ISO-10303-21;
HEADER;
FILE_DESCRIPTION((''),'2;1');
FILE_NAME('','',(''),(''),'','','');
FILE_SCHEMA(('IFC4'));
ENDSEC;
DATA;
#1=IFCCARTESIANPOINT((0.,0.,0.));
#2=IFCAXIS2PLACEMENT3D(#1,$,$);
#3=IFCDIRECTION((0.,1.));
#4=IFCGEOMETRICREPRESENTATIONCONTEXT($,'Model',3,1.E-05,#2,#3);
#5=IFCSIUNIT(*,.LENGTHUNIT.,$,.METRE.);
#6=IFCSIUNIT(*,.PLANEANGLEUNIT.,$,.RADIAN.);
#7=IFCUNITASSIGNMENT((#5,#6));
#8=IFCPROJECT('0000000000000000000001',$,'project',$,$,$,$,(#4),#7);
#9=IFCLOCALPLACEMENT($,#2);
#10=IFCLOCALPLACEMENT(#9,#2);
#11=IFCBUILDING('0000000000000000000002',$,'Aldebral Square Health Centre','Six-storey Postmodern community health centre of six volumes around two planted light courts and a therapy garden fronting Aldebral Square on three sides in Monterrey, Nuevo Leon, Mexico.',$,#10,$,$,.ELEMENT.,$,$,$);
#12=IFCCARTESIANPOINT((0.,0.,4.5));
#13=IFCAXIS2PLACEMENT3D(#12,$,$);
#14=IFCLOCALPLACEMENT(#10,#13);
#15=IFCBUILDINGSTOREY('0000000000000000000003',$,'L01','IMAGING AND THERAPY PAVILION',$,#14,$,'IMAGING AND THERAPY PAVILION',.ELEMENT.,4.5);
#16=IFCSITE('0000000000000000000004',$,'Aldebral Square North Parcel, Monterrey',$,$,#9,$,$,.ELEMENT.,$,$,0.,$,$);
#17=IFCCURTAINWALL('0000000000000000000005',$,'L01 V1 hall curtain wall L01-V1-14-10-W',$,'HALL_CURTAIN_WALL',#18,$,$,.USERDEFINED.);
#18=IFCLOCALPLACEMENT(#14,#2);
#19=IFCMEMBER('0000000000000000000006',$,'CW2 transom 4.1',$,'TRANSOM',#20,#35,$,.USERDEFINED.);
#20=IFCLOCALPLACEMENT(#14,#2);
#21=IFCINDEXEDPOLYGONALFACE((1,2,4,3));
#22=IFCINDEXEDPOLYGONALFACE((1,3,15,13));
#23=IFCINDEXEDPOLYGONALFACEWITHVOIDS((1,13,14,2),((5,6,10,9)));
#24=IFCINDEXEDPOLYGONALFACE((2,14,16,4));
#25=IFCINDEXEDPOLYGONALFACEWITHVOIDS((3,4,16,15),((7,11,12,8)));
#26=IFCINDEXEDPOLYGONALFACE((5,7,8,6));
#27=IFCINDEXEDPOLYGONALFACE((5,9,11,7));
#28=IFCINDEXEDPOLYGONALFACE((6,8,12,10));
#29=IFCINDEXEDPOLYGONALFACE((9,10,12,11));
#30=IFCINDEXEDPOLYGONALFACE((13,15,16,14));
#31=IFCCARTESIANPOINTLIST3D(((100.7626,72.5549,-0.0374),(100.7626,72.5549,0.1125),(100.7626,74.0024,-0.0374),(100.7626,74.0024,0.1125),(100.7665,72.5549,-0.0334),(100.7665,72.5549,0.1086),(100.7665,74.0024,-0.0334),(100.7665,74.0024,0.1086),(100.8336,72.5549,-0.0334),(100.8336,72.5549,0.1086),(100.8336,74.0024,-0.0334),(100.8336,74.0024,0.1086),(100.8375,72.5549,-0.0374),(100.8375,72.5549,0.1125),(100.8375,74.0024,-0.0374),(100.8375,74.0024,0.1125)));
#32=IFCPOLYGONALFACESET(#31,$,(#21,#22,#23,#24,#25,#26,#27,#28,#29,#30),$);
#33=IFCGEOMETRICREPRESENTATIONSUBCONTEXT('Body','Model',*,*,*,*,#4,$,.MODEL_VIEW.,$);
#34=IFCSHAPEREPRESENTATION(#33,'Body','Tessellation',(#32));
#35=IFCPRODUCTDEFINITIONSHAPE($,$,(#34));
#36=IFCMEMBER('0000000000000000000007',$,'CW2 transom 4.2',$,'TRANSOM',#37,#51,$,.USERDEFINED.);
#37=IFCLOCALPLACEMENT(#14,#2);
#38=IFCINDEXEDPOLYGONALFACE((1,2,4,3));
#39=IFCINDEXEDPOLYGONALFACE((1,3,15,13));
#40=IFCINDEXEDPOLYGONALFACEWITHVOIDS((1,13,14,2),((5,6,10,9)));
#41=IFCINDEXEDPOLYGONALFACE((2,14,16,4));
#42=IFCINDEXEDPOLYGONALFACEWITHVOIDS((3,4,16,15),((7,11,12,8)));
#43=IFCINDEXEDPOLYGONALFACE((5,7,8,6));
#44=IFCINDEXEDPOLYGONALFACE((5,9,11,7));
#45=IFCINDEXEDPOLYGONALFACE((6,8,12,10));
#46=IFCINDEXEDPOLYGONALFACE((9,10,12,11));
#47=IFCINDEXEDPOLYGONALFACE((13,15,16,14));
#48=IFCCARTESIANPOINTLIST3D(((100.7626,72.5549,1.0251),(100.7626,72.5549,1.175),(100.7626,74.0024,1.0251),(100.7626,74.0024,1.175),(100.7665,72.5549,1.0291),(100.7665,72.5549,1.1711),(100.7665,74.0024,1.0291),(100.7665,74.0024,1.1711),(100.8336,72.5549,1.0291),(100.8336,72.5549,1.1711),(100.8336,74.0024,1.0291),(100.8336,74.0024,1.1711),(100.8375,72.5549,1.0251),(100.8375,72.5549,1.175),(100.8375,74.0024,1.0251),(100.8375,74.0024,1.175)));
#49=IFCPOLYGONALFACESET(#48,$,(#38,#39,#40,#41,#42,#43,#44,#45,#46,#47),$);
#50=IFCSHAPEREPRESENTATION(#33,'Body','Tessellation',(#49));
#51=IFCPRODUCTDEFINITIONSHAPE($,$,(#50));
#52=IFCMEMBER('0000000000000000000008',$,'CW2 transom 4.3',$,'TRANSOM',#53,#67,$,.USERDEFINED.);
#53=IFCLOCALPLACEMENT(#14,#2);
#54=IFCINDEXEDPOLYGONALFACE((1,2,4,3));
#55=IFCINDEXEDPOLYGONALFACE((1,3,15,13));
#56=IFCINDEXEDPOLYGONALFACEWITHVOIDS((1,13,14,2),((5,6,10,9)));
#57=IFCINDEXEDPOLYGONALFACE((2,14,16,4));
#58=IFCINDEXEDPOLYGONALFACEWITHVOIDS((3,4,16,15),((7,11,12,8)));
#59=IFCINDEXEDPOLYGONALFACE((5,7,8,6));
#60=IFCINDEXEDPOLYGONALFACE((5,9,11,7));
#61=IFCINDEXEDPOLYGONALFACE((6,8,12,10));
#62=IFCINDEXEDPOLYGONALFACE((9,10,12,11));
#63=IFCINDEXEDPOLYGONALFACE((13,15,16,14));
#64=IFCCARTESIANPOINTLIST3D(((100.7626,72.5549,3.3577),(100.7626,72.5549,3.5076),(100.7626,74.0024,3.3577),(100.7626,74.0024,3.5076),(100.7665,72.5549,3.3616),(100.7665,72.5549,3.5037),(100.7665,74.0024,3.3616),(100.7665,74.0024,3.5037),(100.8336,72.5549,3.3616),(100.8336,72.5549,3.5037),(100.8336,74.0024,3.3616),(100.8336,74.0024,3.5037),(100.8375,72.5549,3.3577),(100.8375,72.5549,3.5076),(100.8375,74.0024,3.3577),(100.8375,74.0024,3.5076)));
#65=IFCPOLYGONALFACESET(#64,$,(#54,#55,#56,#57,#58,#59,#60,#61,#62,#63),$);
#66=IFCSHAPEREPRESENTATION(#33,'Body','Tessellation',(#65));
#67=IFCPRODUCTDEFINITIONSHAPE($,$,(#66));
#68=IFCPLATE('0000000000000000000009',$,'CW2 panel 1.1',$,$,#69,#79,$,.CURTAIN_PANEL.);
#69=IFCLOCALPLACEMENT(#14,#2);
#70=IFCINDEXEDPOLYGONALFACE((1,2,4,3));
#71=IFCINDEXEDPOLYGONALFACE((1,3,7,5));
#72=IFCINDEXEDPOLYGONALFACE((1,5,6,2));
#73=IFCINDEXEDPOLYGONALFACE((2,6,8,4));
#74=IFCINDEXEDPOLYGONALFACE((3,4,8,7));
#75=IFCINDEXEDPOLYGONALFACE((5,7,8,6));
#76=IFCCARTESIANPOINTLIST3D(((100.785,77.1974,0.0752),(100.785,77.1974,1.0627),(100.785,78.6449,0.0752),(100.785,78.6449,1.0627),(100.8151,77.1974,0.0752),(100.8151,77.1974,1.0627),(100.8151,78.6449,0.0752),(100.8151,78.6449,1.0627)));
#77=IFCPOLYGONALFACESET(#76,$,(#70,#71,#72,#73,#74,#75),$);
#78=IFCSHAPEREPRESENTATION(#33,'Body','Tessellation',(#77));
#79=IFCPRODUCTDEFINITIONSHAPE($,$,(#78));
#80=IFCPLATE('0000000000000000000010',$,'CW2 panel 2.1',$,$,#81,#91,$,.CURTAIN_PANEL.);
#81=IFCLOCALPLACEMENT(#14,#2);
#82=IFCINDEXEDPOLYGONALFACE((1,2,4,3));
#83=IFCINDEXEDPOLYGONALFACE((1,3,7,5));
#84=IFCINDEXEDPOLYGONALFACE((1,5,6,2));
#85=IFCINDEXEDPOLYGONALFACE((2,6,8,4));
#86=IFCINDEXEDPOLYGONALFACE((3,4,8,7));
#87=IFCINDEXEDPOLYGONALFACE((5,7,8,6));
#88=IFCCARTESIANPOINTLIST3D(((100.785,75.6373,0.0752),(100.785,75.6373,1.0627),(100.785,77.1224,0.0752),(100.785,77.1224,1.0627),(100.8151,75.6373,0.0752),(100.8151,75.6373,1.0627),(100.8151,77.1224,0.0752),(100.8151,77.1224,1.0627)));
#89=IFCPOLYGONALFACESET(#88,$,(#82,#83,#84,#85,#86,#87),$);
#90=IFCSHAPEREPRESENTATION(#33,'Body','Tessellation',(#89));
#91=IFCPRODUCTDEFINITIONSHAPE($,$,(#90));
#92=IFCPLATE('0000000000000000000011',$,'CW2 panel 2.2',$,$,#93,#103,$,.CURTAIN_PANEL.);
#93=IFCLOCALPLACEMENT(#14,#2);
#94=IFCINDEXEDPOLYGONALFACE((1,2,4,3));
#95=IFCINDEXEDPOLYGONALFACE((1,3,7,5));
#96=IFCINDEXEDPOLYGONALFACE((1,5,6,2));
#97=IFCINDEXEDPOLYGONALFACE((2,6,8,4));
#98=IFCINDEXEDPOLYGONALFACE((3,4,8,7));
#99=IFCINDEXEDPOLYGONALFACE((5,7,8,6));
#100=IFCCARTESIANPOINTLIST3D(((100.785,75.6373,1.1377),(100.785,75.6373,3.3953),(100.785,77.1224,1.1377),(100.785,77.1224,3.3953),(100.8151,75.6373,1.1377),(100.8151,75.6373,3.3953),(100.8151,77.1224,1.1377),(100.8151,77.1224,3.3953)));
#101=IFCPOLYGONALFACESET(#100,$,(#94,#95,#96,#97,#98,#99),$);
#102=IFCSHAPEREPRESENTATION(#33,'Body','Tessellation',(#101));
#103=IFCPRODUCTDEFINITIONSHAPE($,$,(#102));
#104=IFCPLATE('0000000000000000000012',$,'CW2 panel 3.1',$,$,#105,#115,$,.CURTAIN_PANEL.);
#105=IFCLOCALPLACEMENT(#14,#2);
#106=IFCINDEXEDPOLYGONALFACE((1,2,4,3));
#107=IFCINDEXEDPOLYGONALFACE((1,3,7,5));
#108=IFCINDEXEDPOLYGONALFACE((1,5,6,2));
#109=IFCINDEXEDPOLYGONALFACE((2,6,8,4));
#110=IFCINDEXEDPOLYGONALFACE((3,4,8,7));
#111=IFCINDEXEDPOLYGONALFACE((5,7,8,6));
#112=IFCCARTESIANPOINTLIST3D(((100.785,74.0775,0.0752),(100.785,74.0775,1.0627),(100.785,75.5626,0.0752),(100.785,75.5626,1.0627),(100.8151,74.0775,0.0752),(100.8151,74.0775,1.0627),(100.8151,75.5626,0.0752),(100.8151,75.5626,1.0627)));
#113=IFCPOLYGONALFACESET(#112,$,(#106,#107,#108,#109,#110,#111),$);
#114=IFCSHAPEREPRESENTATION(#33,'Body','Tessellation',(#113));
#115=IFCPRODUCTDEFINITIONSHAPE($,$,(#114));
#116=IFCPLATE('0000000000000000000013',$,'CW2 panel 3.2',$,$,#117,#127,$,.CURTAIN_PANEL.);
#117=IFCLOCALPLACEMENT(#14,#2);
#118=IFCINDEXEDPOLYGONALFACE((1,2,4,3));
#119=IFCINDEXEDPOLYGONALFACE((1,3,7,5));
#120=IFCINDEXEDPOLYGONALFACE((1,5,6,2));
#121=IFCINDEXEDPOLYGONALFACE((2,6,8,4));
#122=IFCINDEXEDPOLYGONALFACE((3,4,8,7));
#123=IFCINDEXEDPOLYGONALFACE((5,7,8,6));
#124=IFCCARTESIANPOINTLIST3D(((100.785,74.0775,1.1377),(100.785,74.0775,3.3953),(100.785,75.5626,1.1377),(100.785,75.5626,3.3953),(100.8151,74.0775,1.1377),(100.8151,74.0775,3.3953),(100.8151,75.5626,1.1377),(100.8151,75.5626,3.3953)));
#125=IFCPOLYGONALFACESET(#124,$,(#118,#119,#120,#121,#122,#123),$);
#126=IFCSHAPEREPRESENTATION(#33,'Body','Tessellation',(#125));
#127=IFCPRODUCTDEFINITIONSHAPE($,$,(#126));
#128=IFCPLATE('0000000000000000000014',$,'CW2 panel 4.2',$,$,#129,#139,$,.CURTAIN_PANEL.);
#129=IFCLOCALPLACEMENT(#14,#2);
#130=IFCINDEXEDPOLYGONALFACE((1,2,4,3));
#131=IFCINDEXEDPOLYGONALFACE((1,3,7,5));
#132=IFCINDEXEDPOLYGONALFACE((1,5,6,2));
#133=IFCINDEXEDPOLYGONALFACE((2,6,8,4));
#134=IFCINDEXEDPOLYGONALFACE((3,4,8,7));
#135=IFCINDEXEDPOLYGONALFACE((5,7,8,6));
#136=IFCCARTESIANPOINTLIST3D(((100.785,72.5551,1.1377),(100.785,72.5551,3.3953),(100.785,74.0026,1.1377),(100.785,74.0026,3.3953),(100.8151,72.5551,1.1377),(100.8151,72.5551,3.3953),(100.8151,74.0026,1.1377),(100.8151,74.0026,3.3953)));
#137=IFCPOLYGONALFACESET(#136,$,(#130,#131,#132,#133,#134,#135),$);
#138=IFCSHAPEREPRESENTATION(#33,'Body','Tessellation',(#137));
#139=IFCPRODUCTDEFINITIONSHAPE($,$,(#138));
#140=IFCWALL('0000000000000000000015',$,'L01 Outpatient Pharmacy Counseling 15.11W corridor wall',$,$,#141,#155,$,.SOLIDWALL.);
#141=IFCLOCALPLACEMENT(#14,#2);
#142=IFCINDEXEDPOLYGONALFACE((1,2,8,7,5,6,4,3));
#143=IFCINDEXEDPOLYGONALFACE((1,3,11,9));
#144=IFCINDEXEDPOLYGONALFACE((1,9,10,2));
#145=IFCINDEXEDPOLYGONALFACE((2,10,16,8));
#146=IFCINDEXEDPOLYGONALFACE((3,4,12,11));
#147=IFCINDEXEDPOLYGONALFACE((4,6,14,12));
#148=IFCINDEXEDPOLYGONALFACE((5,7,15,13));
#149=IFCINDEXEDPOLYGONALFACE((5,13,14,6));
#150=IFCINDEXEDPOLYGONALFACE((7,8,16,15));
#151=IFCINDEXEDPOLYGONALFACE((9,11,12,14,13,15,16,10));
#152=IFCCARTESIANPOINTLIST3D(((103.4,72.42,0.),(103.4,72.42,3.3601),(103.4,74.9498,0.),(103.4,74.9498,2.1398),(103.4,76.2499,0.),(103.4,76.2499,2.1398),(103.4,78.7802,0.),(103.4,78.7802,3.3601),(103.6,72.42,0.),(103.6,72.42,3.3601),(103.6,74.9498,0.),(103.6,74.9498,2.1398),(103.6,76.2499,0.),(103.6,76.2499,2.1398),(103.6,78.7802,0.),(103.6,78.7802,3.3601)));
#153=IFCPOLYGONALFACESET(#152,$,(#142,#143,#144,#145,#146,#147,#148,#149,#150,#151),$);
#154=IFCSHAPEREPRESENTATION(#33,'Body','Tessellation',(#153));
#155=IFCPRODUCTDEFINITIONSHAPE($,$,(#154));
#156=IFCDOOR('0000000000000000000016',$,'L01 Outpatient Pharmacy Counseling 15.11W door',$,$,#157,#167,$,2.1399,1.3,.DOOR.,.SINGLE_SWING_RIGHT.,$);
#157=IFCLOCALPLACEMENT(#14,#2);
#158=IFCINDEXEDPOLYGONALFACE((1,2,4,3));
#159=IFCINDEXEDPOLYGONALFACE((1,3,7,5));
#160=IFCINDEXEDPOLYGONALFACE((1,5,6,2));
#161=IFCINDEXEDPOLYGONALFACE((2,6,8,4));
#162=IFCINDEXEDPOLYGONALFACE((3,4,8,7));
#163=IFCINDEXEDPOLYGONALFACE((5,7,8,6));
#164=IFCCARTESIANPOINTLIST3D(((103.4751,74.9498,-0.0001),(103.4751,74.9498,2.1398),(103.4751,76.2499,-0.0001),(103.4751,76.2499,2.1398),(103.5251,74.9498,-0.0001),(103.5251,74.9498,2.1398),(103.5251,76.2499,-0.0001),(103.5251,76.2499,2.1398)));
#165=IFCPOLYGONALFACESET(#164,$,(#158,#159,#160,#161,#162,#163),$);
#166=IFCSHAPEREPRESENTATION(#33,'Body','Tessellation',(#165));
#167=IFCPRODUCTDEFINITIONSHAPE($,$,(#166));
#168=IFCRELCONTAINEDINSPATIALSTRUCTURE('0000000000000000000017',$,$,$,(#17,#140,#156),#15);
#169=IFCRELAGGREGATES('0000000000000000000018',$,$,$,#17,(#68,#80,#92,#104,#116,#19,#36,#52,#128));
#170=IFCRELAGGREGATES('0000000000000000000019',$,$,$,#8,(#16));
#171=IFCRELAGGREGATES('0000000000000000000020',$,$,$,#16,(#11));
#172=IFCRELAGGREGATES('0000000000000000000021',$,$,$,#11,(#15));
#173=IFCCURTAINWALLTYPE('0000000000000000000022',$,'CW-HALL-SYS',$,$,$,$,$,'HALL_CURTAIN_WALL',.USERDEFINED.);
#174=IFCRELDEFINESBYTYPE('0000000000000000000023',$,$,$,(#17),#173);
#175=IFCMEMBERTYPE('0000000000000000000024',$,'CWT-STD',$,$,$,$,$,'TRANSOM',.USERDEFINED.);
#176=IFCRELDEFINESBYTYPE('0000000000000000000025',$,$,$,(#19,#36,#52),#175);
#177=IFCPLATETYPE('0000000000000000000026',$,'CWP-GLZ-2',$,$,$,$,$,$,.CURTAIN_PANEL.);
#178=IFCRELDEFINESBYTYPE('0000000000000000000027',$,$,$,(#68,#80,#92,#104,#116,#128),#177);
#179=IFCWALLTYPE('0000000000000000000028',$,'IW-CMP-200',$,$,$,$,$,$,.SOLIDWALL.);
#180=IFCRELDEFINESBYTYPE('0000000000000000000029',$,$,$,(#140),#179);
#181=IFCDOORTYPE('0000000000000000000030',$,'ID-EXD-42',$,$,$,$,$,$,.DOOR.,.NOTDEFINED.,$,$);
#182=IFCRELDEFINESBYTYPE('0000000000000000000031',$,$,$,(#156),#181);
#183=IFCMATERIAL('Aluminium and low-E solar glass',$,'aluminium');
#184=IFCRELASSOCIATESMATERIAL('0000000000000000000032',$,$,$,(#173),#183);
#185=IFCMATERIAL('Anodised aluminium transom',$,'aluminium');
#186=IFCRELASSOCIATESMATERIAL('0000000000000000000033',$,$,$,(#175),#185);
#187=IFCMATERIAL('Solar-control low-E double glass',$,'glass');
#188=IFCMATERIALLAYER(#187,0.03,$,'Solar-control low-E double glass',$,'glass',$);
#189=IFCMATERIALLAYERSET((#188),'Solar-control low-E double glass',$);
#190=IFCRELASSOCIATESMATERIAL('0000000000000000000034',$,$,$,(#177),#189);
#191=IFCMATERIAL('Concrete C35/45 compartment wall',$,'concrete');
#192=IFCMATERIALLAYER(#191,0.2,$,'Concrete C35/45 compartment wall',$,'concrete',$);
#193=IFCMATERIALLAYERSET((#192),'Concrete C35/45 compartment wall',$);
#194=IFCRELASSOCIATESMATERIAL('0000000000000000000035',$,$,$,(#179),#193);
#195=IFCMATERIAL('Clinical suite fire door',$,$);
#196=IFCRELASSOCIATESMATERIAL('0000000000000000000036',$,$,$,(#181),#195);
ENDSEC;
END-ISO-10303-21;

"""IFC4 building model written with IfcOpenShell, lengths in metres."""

from ifc_helpers import new_model, si_unit, direction, frame, frame_2d, origin, origin_2d, place, context, subcontext, project, spatial, rectangle, hollow_rectangle, extrude, material, layer, layer_set, material_profile, profile_set, type_object, element, fill, aggregate, save


model = new_model("IFC4")

# Units and contexts
model_context = context("Model", 3, precision=1e-05, world=origin(), true_north=direction((0.0, 1.0)))
body_context = subcontext(model_context, "Body", "Model", "MODEL_VIEW")
ifc_project = project(units=[si_unit("LENGTHUNIT", "METRE"), si_unit("PLANEANGLEUNIT", "RADIAN")], contexts=[model_context])

# Site, building, storey
site_placement = place(None, origin())
site = spatial("IfcSite", under=ifc_project, at=site_placement, Name="Aldebral Square North Parcel, Monterrey", CompositionType="ELEMENT", RefElevation=0.0)
building_placement = place(site_placement, origin())
building = spatial("IfcBuilding", under=site, at=building_placement, Name="Aldebral Square Health Centre", Description="Six-storey Postmodern community health centre of six volumes around two planted light courts and a therapy garden fronting Aldebral Square on three sides in Monterrey, Nuevo Leon, Mexico.", CompositionType="ELEMENT")
storey_placement = place(building_placement, frame((0.0, 0.0, 4.5)))
storey = spatial("IfcBuildingStorey", under=building, at=storey_placement, Name="L01", Description="IMAGING AND THERAPY PAVILION", LongName="IMAGING AND THERAPY PAVILION", CompositionType="ELEMENT", Elevation=4.5)

# Curtain wall
ifc_material_1 = material(Name="Aluminium and low-E solar glass", Category="aluminium")
curtain_wall_type = type_object("IfcCurtainWallType", Name="CW-HALL-SYS", ElementType="HALL_CURTAIN_WALL", PredefinedType="USERDEFINED", material=ifc_material_1)
curtain_wall_1_placement = place(storey_placement, origin())
curtain_wall_1 = element("IfcCurtainWall", 1, at=curtain_wall_1_placement, inside=storey, type_object=curtain_wall_type, Name="L01 V1 hall curtain wall L01-V1-14-10-W", ObjectType="HALL_CURTAIN_WALL", PredefinedType="USERDEFINED")
ifc_material_2 = material(Name="Anodised aluminium transom", Category="aluminium")
ifc_material_profile_1 = material_profile(ifc_material_2, hollow_rectangle(XDim=0.075, YDim=0.1499, WallThickness=0.0039, at=origin_2d()), Name="CWT 75x150x4")
ifc_profile_set_1 = profile_set([ifc_material_profile_1], Name="Anodised aluminium transom")
member_type_1 = type_object("IfcMemberType", Name="CWT-STD", ElementType="TRANSOM", PredefinedType="USERDEFINED", material=ifc_profile_set_1)

# Members
member_1_placement = place(storey_placement, frame((100.8, 74.0024, 0.0376), z_axis=(0.0, -1.0, 0.0), x_axis=(1.0, 0.0, 0.0)))
member_1 = element("IfcMember", 2, at=member_1_placement, type_object=member_type_1, Name="CW2 transom 4.1", ObjectType="TRANSOM", PredefinedType="USERDEFINED", context=body_context, shape_type="SweptSolid", body=[
    extrude(hollow_rectangle(XDim=0.075, YDim=0.1499, WallThickness=0.0039, at=origin_2d()), origin(), (0.0, 0.0, 1.0), 1.4475),
])
member_2_placement = place(storey_placement, frame((100.8, 74.0024, 1.1001), z_axis=(0.0, -1.0, 0.0), x_axis=(1.0, 0.0, 0.0)))
member_2 = element("IfcMember", 3, at=member_2_placement, type_object=member_type_1, Name="CW2 transom 4.2", ObjectType="TRANSOM", PredefinedType="USERDEFINED", context=body_context, shape_type="SweptSolid", body=[
    extrude(hollow_rectangle(XDim=0.075, YDim=0.1499, WallThickness=0.0039, at=origin_2d()), origin(), (0.0, 0.0, 1.0), 1.4475),
])
member_3_placement = place(storey_placement, frame((100.8, 74.0024, 3.4326), z_axis=(0.0, -1.0, 0.0), x_axis=(1.0, 0.0, 0.0)))
member_3 = element("IfcMember", 4, at=member_3_placement, type_object=member_type_1, Name="CW2 transom 4.3", ObjectType="TRANSOM", PredefinedType="USERDEFINED", context=body_context, shape_type="SweptSolid", body=[
    extrude(hollow_rectangle(XDim=0.075, YDim=0.1499, WallThickness=0.0039, at=origin_2d()), origin(), (0.0, 0.0, 1.0), 1.4475),
])

# Plates
ifc_material_3 = material(Name="Solar-control low-E double glass", Category="glass")
ifc_layer_1 = layer(ifc_material_3, 0.03, Name="Solar-control low-E double glass", Category="glass")
ifc_layer_set_1 = layer_set([ifc_layer_1], Name="Solar-control low-E double glass")
plate_type = type_object("IfcPlateType", Name="CWP-GLZ-2", PredefinedType="CURTAIN_PANEL", material=ifc_layer_set_1)
plate_1_placement = place(storey_placement, frame((100.8, 77.9211, 0.0752), z_axis=(0.0, 0.0, 1.0), x_axis=(0.0, -1.0, 0.0)))
plate_1 = element("IfcPlate", 5, at=plate_1_placement, type_object=plate_type, Name="CW2 panel 1.1", PredefinedType="CURTAIN_PANEL", context=body_context, shape_type="SweptSolid", body=[
    extrude(rectangle(XDim=1.4475, YDim=0.03, at=origin_2d()), origin(), (0.0, 0.0, 1.0), 0.9875),
])
plate_2_placement = place(storey_placement, frame((100.8, 76.3799, 0.0752), z_axis=(0.0, 0.0, 1.0), x_axis=(0.0, -1.0, 0.0)))
plate_2 = element("IfcPlate", 6, at=plate_2_placement, type_object=plate_type, Name="CW2 panel 2.1", PredefinedType="CURTAIN_PANEL", context=body_context, shape_type="SweptSolid", body=[
    extrude(rectangle(XDim=1.4851, YDim=0.03, at=origin_2d()), origin(), (0.0, 0.0, 1.0), 0.9875),
])
plate_3_placement = place(storey_placement, frame((100.8, 76.3799, 1.1377), z_axis=(0.0, 0.0, 1.0), x_axis=(0.0, -1.0, 0.0)))
plate_3 = element("IfcPlate", 7, at=plate_3_placement, type_object=plate_type, Name="CW2 panel 2.2", PredefinedType="CURTAIN_PANEL", context=body_context, shape_type="SweptSolid", body=[
    extrude(rectangle(XDim=1.4851, YDim=0.03, at=origin_2d()), origin(), (0.0, 0.0, 1.0), 2.2576),
])
plate_4_placement = place(storey_placement, frame((100.8, 74.8201, 0.0752), z_axis=(0.0, 0.0, 1.0), x_axis=(0.0, -1.0, 0.0)))
plate_4 = element("IfcPlate", 8, at=plate_4_placement, type_object=plate_type, Name="CW2 panel 3.1", PredefinedType="CURTAIN_PANEL", context=body_context, shape_type="SweptSolid", body=[
    extrude(rectangle(XDim=1.4851, YDim=0.03, at=origin_2d()), origin(), (0.0, 0.0, 1.0), 0.9875),
])
plate_5_placement = place(storey_placement, frame((100.8, 74.8201, 1.1377), z_axis=(0.0, 0.0, 1.0), x_axis=(0.0, -1.0, 0.0)))
plate_5 = element("IfcPlate", 9, at=plate_5_placement, type_object=plate_type, Name="CW2 panel 3.2", PredefinedType="CURTAIN_PANEL", context=body_context, shape_type="SweptSolid", body=[
    extrude(rectangle(XDim=1.4851, YDim=0.03, at=origin_2d()), origin(), (0.0, 0.0, 1.0), 2.2576),
])
plate_6_placement = place(storey_placement, frame((100.8, 73.2788, 1.1377), z_axis=(0.0, 0.0, 1.0), x_axis=(0.0, -1.0, 0.0)))
plate_6 = element("IfcPlate", 10, at=plate_6_placement, type_object=plate_type, Name="CW2 panel 4.2", PredefinedType="CURTAIN_PANEL", context=body_context, shape_type="SweptSolid", body=[
    extrude(rectangle(XDim=1.4475, YDim=0.03, at=origin_2d()), origin(), (0.0, 0.0, 1.0), 2.2576),
])
aggregate(curtain_wall_1, [plate_1, plate_2, plate_3, plate_4, plate_5, member_1, member_2, member_3, plate_6])

# Wall, opening, door
ifc_material_4 = material(Name="Concrete C35/45 compartment wall", Category="concrete")
ifc_layer_2 = layer(ifc_material_4, 0.2, Name="Concrete C35/45 compartment wall", Category="concrete")
ifc_layer_set_2 = layer_set([ifc_layer_2], Name="Concrete C35/45 compartment wall")
wall_type = type_object("IfcWallType", Name="IW-CMP-200", PredefinedType="SOLIDWALL", material=ifc_layer_set_2)
wall_placement = place(storey_placement, frame((103.5, 72.4199, 0.0), z_axis=(0.0, 0.0, 1.0), x_axis=(0.0, 1.0, 0.0)))
wall = element("IfcWall", 11, at=wall_placement, inside=storey, type_object=wall_type, Name="L01 Outpatient Pharmacy Counseling 15.11W corridor wall", PredefinedType="SOLIDWALL", context=body_context, shape_type="SweptSolid", body=[
    extrude(rectangle(XDim=6.3601, YDim=0.2, at=frame_2d((3.1802, 0.0))), origin(), (0.0, 0.0, 1.0), 3.3601),
])
opening_placement = place(wall_placement, frame((2.53, 0.0, 0.0)))
opening = element("IfcOpeningElement", 12, at=opening_placement, cuts=wall, PredefinedType="OPENING", context=body_context, shape_type="SweptSolid", body=[
    extrude(rectangle(XDim=1.3, YDim=2.1399, at=frame_2d((0.6499, 1.0698))), frame((0.0, 0.1099, 0.0), z_axis=(0.0, -1.0, 0.0), x_axis=(1.0, 0.0, 0.0)), (0.0, 0.0, 1.0), 0.22),
])
ifc_material_5 = material(Name="Clinical suite fire door")
door_type = type_object("IfcDoorType", Name="ID-EXD-42", OperationType="NOTDEFINED", PredefinedType="DOOR", material=ifc_material_5)
door_placement = place(opening_placement, origin())
door = element("IfcDoor", 13, at=door_placement, inside=storey, type_object=door_type, Name="L01 Outpatient Pharmacy Counseling 15.11W door", OperationType="SINGLE_SWING_RIGHT", OverallHeight=2.1399, OverallWidth=1.3, PredefinedType="DOOR", context=body_context, shape_type="SweptSolid", body=[
    extrude(rectangle(XDim=1.3, YDim=2.1399, at=frame_2d((0.6499, 1.0698))), frame((0.0, 0.0249, 0.0), z_axis=(0.0, -1.0, 0.0), x_axis=(1.0, 0.0, 0.0)), (0.0, 0.0, 1.0), 0.05),
])
fill(opening, door)

save(model, "model.ifc")
